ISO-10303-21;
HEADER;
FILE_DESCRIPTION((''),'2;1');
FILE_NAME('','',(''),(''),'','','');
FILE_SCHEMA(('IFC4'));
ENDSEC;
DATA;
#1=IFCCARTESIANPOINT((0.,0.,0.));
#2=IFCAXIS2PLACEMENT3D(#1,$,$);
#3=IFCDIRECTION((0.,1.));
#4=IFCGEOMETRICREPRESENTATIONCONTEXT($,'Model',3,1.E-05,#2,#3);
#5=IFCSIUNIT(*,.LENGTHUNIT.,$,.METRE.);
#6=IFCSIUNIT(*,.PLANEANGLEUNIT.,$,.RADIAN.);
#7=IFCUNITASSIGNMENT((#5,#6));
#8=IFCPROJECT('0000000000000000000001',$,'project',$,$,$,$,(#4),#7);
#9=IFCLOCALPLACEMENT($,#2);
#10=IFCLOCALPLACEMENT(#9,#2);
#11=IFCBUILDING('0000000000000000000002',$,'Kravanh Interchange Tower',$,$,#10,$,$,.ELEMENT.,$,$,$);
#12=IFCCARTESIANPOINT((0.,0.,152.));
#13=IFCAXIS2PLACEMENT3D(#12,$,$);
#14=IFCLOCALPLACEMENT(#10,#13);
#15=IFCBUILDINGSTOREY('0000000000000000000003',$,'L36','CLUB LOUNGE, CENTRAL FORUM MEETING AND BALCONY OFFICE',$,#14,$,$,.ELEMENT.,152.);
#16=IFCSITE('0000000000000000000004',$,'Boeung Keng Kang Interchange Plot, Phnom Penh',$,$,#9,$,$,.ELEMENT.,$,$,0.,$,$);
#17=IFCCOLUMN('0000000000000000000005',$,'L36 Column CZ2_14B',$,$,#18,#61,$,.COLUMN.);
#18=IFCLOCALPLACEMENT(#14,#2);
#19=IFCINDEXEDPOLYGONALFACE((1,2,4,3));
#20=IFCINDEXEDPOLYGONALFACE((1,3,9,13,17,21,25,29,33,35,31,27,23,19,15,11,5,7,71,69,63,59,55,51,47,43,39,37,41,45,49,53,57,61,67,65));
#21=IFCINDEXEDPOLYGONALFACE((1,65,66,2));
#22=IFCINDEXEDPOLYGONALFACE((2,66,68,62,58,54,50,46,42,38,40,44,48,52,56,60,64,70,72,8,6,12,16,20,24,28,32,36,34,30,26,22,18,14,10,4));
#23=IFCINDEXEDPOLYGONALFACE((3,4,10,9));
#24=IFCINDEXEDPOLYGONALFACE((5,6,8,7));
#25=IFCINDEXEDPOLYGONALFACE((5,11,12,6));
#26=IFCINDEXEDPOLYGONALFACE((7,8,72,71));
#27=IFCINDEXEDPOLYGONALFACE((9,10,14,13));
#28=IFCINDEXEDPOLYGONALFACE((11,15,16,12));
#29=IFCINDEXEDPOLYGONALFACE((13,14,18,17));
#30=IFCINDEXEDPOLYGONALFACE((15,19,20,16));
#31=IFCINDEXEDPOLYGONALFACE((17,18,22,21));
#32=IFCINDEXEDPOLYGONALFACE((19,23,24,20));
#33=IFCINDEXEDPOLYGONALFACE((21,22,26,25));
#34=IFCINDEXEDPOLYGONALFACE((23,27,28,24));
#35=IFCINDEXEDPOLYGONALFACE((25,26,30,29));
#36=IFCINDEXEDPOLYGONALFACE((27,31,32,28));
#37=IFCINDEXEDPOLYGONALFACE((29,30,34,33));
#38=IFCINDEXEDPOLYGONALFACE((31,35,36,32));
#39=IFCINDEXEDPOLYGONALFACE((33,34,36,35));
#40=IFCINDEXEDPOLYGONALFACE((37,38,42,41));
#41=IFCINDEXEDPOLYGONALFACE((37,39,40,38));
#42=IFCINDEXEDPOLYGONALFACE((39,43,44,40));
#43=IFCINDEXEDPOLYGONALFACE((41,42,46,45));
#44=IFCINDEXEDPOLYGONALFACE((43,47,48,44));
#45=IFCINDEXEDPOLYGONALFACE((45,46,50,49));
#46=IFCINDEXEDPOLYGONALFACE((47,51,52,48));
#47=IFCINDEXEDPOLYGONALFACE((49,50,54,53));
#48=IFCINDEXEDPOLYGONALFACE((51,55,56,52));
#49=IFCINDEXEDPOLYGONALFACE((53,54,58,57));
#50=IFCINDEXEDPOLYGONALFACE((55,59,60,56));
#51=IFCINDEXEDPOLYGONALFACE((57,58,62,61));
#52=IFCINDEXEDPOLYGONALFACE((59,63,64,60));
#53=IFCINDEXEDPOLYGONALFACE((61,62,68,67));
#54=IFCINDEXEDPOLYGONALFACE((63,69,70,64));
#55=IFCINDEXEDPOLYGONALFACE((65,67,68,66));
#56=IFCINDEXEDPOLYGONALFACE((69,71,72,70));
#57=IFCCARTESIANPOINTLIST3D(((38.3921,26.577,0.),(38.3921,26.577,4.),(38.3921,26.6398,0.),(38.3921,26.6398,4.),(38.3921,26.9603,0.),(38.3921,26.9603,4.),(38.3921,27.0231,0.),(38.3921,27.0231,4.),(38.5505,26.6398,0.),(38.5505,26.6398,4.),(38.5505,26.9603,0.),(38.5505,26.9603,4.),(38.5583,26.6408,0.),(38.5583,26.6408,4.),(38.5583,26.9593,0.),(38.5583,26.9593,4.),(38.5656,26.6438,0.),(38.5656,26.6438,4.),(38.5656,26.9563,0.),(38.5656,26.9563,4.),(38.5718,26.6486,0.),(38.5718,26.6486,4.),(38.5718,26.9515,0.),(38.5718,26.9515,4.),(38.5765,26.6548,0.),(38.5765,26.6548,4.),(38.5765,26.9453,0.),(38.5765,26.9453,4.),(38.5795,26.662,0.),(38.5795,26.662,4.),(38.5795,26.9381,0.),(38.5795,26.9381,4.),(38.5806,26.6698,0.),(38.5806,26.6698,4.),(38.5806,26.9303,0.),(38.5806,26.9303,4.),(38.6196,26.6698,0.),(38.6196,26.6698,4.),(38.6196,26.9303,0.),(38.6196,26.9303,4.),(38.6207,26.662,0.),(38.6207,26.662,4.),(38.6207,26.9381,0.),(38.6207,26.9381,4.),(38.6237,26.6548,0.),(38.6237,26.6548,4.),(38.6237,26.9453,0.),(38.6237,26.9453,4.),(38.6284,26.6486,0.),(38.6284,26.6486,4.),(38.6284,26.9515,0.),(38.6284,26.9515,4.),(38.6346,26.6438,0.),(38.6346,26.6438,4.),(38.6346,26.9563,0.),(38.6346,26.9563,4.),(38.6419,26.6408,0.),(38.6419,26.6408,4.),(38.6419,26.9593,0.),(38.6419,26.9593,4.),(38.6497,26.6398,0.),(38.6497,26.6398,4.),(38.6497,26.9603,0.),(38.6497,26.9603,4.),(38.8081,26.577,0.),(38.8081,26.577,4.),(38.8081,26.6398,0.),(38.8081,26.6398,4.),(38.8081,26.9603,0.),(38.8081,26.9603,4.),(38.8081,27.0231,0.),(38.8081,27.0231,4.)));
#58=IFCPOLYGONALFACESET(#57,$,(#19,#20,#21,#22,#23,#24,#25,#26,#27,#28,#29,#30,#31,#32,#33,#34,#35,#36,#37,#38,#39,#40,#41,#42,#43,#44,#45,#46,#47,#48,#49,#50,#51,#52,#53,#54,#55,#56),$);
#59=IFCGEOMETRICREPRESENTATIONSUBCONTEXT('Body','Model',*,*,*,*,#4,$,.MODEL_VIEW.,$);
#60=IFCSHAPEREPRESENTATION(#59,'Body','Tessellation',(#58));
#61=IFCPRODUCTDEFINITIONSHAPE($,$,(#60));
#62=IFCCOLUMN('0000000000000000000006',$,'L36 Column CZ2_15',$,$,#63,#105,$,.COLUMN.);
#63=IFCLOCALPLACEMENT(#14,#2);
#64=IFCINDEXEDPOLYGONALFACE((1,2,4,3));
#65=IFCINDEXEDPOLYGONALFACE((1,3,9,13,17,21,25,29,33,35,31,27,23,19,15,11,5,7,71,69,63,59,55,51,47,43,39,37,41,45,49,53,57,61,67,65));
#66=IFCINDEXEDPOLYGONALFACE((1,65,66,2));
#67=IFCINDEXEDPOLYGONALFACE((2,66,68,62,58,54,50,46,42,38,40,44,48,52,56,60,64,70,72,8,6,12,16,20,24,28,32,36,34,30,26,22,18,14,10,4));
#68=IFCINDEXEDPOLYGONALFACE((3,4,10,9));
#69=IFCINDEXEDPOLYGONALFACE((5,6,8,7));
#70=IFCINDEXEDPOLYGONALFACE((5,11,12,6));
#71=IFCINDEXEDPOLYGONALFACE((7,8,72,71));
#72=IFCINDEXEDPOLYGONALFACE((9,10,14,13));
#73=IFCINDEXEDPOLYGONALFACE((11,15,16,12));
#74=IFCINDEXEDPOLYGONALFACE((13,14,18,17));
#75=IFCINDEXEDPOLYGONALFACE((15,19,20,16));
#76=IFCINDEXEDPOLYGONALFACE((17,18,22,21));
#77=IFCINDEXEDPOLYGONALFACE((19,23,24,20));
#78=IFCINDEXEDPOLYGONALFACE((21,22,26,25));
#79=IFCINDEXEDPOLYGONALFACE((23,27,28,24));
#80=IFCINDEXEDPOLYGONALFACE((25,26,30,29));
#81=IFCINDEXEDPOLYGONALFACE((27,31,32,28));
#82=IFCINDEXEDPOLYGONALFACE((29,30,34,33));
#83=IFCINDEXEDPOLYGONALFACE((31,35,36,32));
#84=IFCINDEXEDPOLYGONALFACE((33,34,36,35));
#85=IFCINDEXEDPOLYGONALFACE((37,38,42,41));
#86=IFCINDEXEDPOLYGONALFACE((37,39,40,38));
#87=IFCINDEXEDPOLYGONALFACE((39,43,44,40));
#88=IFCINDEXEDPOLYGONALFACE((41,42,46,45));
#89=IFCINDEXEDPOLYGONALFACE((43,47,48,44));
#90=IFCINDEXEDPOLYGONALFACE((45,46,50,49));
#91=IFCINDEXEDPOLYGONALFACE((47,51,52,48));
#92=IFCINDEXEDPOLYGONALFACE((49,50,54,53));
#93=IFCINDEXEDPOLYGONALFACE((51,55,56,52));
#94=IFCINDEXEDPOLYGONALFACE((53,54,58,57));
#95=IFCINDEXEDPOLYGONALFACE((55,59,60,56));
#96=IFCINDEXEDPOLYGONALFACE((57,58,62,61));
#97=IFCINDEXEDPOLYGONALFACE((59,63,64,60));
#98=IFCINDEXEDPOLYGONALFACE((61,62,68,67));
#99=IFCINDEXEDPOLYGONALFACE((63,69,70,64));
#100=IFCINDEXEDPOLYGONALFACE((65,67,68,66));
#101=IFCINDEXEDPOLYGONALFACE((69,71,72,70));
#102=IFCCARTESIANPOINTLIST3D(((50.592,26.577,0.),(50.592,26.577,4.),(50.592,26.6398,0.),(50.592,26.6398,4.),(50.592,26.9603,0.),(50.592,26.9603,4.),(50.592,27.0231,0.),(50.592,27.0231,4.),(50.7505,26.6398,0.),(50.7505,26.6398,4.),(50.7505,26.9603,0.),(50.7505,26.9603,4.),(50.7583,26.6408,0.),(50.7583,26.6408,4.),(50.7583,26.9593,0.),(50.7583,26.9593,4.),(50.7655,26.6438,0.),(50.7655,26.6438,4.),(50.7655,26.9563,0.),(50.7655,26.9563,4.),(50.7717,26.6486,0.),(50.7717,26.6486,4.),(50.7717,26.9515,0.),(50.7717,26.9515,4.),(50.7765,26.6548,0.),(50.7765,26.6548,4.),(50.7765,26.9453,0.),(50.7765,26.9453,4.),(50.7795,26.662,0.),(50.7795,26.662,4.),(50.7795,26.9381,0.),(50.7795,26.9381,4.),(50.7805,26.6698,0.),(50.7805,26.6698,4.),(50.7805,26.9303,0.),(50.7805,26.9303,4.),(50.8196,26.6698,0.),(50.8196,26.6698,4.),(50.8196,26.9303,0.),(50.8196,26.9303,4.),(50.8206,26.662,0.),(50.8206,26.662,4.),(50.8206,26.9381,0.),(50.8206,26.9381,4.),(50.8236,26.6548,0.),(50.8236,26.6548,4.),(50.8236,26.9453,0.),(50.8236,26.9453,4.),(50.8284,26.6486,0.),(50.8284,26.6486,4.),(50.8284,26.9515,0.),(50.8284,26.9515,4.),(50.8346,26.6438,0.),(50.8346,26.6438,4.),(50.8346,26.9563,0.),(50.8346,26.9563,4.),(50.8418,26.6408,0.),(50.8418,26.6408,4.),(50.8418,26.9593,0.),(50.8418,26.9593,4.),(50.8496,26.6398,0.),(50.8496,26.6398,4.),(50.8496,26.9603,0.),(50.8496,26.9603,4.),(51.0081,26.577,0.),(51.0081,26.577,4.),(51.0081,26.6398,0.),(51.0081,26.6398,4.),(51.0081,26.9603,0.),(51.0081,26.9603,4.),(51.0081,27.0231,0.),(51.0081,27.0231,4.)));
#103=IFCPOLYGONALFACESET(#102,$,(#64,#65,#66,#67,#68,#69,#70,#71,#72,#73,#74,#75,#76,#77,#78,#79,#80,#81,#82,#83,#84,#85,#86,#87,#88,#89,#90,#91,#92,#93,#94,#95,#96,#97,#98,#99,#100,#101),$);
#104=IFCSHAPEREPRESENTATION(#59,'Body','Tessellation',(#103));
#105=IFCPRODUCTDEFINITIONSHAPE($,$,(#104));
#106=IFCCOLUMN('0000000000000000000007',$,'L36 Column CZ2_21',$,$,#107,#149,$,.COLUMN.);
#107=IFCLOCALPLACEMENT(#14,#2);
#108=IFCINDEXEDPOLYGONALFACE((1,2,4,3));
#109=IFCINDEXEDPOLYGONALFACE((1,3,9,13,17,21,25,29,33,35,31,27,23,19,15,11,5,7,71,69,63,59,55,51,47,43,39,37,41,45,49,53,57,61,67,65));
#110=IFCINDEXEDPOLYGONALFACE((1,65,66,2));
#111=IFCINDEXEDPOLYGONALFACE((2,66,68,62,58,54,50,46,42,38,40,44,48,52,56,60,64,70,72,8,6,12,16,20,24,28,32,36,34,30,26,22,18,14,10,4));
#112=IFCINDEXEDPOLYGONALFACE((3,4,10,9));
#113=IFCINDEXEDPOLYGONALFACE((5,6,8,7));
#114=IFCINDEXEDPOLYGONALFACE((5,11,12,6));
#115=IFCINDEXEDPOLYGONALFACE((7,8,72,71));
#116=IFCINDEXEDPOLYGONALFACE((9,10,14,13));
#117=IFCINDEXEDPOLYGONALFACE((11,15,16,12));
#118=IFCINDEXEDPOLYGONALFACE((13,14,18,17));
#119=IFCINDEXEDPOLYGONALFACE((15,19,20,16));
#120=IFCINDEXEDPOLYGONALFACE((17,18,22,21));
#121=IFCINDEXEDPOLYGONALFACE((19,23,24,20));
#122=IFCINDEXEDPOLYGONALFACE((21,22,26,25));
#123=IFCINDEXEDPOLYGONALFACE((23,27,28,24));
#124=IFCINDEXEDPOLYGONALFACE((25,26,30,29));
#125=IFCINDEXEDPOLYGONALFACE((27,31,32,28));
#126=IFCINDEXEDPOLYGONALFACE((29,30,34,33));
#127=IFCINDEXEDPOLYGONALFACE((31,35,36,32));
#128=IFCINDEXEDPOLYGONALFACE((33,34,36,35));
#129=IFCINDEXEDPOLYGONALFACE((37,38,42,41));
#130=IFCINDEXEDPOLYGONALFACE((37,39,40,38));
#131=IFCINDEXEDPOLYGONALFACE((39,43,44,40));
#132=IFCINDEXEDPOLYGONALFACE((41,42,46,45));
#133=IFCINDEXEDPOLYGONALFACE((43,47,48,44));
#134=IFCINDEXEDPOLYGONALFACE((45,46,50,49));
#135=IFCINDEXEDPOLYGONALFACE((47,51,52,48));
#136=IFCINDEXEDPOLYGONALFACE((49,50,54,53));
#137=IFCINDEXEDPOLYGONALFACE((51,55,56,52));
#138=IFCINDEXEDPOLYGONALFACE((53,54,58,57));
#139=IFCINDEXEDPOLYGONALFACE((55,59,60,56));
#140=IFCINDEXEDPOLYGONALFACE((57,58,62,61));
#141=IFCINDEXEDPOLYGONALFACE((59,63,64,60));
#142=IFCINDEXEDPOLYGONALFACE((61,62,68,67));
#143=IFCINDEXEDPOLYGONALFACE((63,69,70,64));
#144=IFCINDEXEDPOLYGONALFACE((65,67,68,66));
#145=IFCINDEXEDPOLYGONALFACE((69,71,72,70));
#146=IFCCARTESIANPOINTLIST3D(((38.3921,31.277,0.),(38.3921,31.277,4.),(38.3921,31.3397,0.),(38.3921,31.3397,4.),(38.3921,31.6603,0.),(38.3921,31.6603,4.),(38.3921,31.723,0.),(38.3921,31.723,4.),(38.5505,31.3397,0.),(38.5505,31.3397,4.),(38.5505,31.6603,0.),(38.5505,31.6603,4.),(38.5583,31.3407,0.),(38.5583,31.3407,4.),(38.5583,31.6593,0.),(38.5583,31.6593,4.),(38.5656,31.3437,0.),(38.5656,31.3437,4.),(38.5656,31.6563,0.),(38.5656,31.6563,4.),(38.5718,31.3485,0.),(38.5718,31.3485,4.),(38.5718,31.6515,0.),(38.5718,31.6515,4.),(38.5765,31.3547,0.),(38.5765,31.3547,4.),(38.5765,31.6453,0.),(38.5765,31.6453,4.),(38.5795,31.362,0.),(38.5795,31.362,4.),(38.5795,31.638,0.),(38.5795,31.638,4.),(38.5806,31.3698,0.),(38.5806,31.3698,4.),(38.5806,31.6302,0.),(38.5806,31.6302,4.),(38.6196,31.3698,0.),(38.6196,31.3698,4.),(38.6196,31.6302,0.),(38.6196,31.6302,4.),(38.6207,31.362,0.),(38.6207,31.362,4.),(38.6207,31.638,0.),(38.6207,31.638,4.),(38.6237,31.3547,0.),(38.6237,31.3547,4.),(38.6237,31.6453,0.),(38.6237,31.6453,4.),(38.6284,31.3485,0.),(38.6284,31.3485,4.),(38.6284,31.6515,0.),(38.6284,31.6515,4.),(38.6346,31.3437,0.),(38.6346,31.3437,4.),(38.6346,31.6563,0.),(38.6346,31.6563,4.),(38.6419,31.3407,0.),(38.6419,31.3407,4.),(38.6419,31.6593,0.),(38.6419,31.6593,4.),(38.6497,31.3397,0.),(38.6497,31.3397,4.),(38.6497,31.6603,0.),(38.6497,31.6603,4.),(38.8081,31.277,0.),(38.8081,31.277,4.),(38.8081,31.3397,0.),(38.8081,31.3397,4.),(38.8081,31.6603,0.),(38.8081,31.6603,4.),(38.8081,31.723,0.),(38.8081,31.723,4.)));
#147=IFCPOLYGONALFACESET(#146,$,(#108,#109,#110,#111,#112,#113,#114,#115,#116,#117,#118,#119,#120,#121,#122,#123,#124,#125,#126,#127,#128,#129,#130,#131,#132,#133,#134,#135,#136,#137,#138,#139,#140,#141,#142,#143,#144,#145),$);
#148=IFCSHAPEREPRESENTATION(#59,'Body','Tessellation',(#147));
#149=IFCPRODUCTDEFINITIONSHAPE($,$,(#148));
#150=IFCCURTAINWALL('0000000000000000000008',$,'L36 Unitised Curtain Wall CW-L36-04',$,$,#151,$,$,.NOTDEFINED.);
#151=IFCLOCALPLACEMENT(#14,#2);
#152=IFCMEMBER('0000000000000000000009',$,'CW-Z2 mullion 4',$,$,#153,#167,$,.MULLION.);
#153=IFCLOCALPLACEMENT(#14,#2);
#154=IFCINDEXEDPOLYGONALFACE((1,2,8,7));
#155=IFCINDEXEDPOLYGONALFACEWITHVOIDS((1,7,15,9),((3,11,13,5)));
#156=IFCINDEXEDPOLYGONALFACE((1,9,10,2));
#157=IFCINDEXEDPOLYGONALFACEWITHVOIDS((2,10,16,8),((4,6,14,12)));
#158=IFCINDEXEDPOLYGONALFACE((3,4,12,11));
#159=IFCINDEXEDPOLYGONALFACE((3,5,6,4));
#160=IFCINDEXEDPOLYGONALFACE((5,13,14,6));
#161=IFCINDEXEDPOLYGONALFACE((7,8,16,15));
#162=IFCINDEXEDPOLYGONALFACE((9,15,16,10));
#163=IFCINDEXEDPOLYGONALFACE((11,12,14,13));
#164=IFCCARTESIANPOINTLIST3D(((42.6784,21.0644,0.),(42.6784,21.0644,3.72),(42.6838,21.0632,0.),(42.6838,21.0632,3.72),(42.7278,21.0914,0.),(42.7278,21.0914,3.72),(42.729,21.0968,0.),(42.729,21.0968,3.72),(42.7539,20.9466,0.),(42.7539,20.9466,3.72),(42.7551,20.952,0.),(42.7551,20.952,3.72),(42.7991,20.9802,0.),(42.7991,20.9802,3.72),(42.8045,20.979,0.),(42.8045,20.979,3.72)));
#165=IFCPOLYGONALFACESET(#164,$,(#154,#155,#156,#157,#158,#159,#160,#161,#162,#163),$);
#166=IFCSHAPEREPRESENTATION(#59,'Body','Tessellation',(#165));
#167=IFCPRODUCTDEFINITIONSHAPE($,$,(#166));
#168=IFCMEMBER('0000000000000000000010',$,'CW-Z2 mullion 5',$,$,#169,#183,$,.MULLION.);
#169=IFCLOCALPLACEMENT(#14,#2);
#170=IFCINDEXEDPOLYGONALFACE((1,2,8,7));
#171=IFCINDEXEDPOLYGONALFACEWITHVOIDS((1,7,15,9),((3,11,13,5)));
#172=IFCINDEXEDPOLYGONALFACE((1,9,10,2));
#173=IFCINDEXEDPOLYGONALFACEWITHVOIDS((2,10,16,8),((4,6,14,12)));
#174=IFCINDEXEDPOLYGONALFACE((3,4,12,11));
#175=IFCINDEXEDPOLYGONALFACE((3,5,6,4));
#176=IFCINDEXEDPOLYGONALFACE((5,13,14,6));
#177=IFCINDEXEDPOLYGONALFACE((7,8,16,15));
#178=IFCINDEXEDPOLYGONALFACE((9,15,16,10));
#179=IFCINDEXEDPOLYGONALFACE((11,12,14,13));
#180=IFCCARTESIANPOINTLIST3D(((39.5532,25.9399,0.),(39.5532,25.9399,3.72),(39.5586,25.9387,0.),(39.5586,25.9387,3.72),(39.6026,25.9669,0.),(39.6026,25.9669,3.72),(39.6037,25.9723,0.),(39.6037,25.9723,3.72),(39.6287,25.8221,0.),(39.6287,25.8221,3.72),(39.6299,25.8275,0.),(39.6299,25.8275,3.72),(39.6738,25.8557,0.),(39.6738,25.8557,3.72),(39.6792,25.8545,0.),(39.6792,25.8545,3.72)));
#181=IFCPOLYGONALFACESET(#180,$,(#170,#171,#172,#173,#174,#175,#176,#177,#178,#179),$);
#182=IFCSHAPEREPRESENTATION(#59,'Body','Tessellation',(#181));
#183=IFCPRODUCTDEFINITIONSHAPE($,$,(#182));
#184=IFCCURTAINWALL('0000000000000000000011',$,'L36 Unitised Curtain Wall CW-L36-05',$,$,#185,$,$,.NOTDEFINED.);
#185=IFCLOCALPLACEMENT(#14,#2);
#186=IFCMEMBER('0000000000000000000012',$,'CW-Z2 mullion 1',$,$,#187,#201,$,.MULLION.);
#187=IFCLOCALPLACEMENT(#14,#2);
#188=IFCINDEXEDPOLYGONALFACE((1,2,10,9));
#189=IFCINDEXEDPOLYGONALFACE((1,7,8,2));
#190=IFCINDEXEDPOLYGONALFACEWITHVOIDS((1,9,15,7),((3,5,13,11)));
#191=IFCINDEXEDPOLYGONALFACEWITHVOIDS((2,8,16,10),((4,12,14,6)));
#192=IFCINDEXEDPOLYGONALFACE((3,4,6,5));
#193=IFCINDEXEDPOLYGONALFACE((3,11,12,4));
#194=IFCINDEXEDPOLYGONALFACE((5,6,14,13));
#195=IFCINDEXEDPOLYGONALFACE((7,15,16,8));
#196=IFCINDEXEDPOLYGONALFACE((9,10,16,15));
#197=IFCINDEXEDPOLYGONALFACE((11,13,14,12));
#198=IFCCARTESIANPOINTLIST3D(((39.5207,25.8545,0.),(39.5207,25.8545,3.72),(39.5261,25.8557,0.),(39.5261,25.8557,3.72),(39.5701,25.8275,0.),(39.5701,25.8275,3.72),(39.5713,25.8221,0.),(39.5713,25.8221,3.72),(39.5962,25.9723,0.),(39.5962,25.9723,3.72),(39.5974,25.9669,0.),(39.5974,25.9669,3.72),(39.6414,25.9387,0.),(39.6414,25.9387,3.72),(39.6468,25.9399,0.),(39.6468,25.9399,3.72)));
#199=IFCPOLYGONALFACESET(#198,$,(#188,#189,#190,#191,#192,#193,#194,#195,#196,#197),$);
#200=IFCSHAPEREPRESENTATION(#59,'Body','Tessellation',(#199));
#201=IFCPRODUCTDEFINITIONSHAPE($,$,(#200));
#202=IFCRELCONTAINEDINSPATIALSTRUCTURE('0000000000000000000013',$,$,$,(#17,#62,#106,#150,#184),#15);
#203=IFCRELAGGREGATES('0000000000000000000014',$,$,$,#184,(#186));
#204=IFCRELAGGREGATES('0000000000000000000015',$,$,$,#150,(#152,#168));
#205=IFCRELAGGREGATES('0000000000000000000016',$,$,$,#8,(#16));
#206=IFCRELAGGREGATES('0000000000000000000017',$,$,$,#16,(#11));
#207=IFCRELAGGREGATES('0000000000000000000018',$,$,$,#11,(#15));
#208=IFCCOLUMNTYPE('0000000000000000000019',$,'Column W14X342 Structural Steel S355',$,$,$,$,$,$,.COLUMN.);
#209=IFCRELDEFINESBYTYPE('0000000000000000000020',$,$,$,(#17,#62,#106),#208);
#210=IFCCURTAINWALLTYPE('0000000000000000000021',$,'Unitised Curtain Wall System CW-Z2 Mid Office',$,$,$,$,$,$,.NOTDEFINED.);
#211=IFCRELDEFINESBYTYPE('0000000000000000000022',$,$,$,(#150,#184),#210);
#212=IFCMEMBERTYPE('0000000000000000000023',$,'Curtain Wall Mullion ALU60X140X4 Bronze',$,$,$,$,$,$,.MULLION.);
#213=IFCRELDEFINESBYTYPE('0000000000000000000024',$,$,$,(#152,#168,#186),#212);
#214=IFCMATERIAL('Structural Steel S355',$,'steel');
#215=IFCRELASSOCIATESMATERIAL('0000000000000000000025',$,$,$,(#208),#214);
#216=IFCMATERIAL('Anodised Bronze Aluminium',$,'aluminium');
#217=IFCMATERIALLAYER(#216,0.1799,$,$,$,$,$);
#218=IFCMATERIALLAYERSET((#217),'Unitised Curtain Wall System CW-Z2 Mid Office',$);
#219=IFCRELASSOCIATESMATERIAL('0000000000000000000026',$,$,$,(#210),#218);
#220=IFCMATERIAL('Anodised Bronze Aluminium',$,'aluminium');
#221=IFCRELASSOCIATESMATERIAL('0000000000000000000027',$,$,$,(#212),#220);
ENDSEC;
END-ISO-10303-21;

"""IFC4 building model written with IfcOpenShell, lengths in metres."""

from ifc_helpers import new_model, si_unit, direction, frame, origin, origin_2d, place, context, subcontext, project, spatial, hollow_rectangle, i_section, extrude, material, layer, layer_set, material_profile, profile_set, type_object, element, aggregate, save


model = new_model("IFC4")

# Units and contexts
model_context = context("Model", 3, precision=1e-05, world=origin(), true_north=direction((0.0, 1.0)))
body_context = subcontext(model_context, "Body", "Model", "MODEL_VIEW")
ifc_project = project(units=[si_unit("LENGTHUNIT", "METRE"), si_unit("PLANEANGLEUNIT", "RADIAN")], contexts=[model_context])

# Site, building, storey
site_placement = place(None, origin())
site = spatial("IfcSite", under=ifc_project, at=site_placement, Name="Boeung Keng Kang Interchange Plot, Phnom Penh", CompositionType="ELEMENT", RefElevation=0.0)
building_placement = place(site_placement, origin())
building = spatial("IfcBuilding", under=site, at=building_placement, Name="Kravanh Interchange Tower", CompositionType="ELEMENT")
storey_placement = place(building_placement, frame((0.0, 0.0, 152.0)))
storey = spatial("IfcBuildingStorey", under=building, at=storey_placement, Name="L36", Description="CLUB LOUNGE, CENTRAL FORUM MEETING AND BALCONY OFFICE", CompositionType="ELEMENT", Elevation=152.0)

# Columns
ifc_material_1 = material(Name="Structural Steel S355", Category="steel")
ifc_material_profile_1 = material_profile(ifc_material_1, i_section(OverallWidth=0.416, OverallDepth=0.446, WebThickness=0.0391, FlangeThickness=0.0627, FilletRadius=0.03, at=origin_2d()), Name="W14X342")
ifc_profile_set_1 = profile_set([ifc_material_profile_1], Name="Structural Steel S355")
column_type = type_object("IfcColumnType", Name="Column W14X342 Structural Steel S355", PredefinedType="COLUMN", material=ifc_profile_set_1)
for number, where, z_axis, x_axis, name in (
    (1, (38.6001, 26.8, 0.0), (0.0, 0.0, 1.0), (1.0, 0.0, 0.0), "L36 Column CZ2_14B"),
    (2, (50.8, 26.8, 0.0), (0.0, 0.0, 1.0), (1.0, 0.0, 0.0), "L36 Column CZ2_15"),
    (3, (38.6001, 31.5, 0.0), (0.0, 0.0, 1.0), (1.0, 0.0, 0.0), "L36 Column CZ2_21"),
):
    element("IfcColumn", number, at=place(storey_placement, frame(where, z_axis=z_axis, x_axis=x_axis)), inside=storey, type_object=column_type, Name=name, PredefinedType="COLUMN", context=body_context, shape_type="SweptSolid", body=[
        extrude(i_section(OverallWidth=0.416, OverallDepth=0.446, WebThickness=0.0391, FlangeThickness=0.0627, FilletRadius=0.03, at=origin_2d()), origin(), (0.0, 0.0, 1.0), 4.0),
    ])

# Curtain wall, members
ifc_material_2 = material(Name="Anodised Bronze Aluminium", Category="aluminium")
ifc_layer_1 = layer(ifc_material_2, 0.1799)
ifc_layer_set_1 = layer_set([ifc_layer_1], Name="Unitised Curtain Wall System CW-Z2 Mid Office")
curtain_wall_type = type_object("IfcCurtainWallType", Name="Unitised Curtain Wall System CW-Z2 Mid Office", PredefinedType="NOTDEFINED", material=ifc_layer_set_1)
curtain_wall_1_placement = place(storey_placement, origin())
curtain_wall_1 = element("IfcCurtainWall", 4, at=curtain_wall_1_placement, inside=storey, type_object=curtain_wall_type, Name="L36 Unitised Curtain Wall CW-L36-04", PredefinedType="NOTDEFINED")
ifc_material_3 = material(Name="Anodised Bronze Aluminium", Category="aluminium")
ifc_material_profile_2 = material_profile(ifc_material_3, hollow_rectangle(XDim=0.0601, YDim=0.1399, WallThickness=0.0039, at=origin_2d()), Name="ALU60X140X4")
ifc_profile_set_2 = profile_set([ifc_material_profile_2], Name="Anodised Bronze Aluminium")
member_type_1 = type_object("IfcMemberType", Name="Curtain Wall Mullion ALU60X140X4 Bronze", PredefinedType="MULLION", material=ifc_profile_set_2)
member_1_placement = place(storey_placement, frame((42.7415, 21.0217, 0.0), z_axis=(0.0, 0.0, 1.0), x_axis=(-0.84188, -0.539665, 0.0)))
member_1 = element("IfcMember", 5, at=member_1_placement, type_object=member_type_1, Name="CW-Z2 mullion 4", PredefinedType="MULLION", context=body_context, shape_type="SweptSolid", body=[
    extrude(hollow_rectangle(XDim=0.0601, YDim=0.1399, WallThickness=0.0039, at=origin_2d()), origin(), (0.0, 0.0, 1.0), 3.72),
])
member_2_placement = place(storey_placement, frame((39.6162, 25.8972, 0.0), z_axis=(0.0, 0.0, 1.0), x_axis=(-0.84188, -0.539665, 0.0)))
member_2 = element("IfcMember", 6, at=member_2_placement, type_object=member_type_1, Name="CW-Z2 mullion 5", PredefinedType="MULLION", context=body_context, shape_type="SweptSolid", body=[
    extrude(hollow_rectangle(XDim=0.0601, YDim=0.1399, WallThickness=0.0039, at=origin_2d()), origin(), (0.0, 0.0, 1.0), 3.72),
])

# Curtain wall, member
curtain_wall_2_placement = place(storey_placement, origin())
curtain_wall_2 = element("IfcCurtainWall", 7, at=curtain_wall_2_placement, inside=storey, type_object=curtain_wall_type, Name="L36 Unitised Curtain Wall CW-L36-05", PredefinedType="NOTDEFINED")
member_3_placement = place(storey_placement, frame((39.5837, 25.8972, 0.0), z_axis=(0.0, 0.0, 1.0), x_axis=(0.84188, -0.539665, 0.0)))
member_3 = element("IfcMember", 8, at=member_3_placement, type_object=member_type_1, Name="CW-Z2 mullion 1", PredefinedType="MULLION", context=body_context, shape_type="SweptSolid", body=[
    extrude(hollow_rectangle(XDim=0.0601, YDim=0.1399, WallThickness=0.0039, at=origin_2d()), origin(), (0.0, 0.0, 1.0), 3.72),
])

aggregate(curtain_wall_2, [member_3])

aggregate(curtain_wall_1, [member_1, member_2])

save(model, "model.ifc")
